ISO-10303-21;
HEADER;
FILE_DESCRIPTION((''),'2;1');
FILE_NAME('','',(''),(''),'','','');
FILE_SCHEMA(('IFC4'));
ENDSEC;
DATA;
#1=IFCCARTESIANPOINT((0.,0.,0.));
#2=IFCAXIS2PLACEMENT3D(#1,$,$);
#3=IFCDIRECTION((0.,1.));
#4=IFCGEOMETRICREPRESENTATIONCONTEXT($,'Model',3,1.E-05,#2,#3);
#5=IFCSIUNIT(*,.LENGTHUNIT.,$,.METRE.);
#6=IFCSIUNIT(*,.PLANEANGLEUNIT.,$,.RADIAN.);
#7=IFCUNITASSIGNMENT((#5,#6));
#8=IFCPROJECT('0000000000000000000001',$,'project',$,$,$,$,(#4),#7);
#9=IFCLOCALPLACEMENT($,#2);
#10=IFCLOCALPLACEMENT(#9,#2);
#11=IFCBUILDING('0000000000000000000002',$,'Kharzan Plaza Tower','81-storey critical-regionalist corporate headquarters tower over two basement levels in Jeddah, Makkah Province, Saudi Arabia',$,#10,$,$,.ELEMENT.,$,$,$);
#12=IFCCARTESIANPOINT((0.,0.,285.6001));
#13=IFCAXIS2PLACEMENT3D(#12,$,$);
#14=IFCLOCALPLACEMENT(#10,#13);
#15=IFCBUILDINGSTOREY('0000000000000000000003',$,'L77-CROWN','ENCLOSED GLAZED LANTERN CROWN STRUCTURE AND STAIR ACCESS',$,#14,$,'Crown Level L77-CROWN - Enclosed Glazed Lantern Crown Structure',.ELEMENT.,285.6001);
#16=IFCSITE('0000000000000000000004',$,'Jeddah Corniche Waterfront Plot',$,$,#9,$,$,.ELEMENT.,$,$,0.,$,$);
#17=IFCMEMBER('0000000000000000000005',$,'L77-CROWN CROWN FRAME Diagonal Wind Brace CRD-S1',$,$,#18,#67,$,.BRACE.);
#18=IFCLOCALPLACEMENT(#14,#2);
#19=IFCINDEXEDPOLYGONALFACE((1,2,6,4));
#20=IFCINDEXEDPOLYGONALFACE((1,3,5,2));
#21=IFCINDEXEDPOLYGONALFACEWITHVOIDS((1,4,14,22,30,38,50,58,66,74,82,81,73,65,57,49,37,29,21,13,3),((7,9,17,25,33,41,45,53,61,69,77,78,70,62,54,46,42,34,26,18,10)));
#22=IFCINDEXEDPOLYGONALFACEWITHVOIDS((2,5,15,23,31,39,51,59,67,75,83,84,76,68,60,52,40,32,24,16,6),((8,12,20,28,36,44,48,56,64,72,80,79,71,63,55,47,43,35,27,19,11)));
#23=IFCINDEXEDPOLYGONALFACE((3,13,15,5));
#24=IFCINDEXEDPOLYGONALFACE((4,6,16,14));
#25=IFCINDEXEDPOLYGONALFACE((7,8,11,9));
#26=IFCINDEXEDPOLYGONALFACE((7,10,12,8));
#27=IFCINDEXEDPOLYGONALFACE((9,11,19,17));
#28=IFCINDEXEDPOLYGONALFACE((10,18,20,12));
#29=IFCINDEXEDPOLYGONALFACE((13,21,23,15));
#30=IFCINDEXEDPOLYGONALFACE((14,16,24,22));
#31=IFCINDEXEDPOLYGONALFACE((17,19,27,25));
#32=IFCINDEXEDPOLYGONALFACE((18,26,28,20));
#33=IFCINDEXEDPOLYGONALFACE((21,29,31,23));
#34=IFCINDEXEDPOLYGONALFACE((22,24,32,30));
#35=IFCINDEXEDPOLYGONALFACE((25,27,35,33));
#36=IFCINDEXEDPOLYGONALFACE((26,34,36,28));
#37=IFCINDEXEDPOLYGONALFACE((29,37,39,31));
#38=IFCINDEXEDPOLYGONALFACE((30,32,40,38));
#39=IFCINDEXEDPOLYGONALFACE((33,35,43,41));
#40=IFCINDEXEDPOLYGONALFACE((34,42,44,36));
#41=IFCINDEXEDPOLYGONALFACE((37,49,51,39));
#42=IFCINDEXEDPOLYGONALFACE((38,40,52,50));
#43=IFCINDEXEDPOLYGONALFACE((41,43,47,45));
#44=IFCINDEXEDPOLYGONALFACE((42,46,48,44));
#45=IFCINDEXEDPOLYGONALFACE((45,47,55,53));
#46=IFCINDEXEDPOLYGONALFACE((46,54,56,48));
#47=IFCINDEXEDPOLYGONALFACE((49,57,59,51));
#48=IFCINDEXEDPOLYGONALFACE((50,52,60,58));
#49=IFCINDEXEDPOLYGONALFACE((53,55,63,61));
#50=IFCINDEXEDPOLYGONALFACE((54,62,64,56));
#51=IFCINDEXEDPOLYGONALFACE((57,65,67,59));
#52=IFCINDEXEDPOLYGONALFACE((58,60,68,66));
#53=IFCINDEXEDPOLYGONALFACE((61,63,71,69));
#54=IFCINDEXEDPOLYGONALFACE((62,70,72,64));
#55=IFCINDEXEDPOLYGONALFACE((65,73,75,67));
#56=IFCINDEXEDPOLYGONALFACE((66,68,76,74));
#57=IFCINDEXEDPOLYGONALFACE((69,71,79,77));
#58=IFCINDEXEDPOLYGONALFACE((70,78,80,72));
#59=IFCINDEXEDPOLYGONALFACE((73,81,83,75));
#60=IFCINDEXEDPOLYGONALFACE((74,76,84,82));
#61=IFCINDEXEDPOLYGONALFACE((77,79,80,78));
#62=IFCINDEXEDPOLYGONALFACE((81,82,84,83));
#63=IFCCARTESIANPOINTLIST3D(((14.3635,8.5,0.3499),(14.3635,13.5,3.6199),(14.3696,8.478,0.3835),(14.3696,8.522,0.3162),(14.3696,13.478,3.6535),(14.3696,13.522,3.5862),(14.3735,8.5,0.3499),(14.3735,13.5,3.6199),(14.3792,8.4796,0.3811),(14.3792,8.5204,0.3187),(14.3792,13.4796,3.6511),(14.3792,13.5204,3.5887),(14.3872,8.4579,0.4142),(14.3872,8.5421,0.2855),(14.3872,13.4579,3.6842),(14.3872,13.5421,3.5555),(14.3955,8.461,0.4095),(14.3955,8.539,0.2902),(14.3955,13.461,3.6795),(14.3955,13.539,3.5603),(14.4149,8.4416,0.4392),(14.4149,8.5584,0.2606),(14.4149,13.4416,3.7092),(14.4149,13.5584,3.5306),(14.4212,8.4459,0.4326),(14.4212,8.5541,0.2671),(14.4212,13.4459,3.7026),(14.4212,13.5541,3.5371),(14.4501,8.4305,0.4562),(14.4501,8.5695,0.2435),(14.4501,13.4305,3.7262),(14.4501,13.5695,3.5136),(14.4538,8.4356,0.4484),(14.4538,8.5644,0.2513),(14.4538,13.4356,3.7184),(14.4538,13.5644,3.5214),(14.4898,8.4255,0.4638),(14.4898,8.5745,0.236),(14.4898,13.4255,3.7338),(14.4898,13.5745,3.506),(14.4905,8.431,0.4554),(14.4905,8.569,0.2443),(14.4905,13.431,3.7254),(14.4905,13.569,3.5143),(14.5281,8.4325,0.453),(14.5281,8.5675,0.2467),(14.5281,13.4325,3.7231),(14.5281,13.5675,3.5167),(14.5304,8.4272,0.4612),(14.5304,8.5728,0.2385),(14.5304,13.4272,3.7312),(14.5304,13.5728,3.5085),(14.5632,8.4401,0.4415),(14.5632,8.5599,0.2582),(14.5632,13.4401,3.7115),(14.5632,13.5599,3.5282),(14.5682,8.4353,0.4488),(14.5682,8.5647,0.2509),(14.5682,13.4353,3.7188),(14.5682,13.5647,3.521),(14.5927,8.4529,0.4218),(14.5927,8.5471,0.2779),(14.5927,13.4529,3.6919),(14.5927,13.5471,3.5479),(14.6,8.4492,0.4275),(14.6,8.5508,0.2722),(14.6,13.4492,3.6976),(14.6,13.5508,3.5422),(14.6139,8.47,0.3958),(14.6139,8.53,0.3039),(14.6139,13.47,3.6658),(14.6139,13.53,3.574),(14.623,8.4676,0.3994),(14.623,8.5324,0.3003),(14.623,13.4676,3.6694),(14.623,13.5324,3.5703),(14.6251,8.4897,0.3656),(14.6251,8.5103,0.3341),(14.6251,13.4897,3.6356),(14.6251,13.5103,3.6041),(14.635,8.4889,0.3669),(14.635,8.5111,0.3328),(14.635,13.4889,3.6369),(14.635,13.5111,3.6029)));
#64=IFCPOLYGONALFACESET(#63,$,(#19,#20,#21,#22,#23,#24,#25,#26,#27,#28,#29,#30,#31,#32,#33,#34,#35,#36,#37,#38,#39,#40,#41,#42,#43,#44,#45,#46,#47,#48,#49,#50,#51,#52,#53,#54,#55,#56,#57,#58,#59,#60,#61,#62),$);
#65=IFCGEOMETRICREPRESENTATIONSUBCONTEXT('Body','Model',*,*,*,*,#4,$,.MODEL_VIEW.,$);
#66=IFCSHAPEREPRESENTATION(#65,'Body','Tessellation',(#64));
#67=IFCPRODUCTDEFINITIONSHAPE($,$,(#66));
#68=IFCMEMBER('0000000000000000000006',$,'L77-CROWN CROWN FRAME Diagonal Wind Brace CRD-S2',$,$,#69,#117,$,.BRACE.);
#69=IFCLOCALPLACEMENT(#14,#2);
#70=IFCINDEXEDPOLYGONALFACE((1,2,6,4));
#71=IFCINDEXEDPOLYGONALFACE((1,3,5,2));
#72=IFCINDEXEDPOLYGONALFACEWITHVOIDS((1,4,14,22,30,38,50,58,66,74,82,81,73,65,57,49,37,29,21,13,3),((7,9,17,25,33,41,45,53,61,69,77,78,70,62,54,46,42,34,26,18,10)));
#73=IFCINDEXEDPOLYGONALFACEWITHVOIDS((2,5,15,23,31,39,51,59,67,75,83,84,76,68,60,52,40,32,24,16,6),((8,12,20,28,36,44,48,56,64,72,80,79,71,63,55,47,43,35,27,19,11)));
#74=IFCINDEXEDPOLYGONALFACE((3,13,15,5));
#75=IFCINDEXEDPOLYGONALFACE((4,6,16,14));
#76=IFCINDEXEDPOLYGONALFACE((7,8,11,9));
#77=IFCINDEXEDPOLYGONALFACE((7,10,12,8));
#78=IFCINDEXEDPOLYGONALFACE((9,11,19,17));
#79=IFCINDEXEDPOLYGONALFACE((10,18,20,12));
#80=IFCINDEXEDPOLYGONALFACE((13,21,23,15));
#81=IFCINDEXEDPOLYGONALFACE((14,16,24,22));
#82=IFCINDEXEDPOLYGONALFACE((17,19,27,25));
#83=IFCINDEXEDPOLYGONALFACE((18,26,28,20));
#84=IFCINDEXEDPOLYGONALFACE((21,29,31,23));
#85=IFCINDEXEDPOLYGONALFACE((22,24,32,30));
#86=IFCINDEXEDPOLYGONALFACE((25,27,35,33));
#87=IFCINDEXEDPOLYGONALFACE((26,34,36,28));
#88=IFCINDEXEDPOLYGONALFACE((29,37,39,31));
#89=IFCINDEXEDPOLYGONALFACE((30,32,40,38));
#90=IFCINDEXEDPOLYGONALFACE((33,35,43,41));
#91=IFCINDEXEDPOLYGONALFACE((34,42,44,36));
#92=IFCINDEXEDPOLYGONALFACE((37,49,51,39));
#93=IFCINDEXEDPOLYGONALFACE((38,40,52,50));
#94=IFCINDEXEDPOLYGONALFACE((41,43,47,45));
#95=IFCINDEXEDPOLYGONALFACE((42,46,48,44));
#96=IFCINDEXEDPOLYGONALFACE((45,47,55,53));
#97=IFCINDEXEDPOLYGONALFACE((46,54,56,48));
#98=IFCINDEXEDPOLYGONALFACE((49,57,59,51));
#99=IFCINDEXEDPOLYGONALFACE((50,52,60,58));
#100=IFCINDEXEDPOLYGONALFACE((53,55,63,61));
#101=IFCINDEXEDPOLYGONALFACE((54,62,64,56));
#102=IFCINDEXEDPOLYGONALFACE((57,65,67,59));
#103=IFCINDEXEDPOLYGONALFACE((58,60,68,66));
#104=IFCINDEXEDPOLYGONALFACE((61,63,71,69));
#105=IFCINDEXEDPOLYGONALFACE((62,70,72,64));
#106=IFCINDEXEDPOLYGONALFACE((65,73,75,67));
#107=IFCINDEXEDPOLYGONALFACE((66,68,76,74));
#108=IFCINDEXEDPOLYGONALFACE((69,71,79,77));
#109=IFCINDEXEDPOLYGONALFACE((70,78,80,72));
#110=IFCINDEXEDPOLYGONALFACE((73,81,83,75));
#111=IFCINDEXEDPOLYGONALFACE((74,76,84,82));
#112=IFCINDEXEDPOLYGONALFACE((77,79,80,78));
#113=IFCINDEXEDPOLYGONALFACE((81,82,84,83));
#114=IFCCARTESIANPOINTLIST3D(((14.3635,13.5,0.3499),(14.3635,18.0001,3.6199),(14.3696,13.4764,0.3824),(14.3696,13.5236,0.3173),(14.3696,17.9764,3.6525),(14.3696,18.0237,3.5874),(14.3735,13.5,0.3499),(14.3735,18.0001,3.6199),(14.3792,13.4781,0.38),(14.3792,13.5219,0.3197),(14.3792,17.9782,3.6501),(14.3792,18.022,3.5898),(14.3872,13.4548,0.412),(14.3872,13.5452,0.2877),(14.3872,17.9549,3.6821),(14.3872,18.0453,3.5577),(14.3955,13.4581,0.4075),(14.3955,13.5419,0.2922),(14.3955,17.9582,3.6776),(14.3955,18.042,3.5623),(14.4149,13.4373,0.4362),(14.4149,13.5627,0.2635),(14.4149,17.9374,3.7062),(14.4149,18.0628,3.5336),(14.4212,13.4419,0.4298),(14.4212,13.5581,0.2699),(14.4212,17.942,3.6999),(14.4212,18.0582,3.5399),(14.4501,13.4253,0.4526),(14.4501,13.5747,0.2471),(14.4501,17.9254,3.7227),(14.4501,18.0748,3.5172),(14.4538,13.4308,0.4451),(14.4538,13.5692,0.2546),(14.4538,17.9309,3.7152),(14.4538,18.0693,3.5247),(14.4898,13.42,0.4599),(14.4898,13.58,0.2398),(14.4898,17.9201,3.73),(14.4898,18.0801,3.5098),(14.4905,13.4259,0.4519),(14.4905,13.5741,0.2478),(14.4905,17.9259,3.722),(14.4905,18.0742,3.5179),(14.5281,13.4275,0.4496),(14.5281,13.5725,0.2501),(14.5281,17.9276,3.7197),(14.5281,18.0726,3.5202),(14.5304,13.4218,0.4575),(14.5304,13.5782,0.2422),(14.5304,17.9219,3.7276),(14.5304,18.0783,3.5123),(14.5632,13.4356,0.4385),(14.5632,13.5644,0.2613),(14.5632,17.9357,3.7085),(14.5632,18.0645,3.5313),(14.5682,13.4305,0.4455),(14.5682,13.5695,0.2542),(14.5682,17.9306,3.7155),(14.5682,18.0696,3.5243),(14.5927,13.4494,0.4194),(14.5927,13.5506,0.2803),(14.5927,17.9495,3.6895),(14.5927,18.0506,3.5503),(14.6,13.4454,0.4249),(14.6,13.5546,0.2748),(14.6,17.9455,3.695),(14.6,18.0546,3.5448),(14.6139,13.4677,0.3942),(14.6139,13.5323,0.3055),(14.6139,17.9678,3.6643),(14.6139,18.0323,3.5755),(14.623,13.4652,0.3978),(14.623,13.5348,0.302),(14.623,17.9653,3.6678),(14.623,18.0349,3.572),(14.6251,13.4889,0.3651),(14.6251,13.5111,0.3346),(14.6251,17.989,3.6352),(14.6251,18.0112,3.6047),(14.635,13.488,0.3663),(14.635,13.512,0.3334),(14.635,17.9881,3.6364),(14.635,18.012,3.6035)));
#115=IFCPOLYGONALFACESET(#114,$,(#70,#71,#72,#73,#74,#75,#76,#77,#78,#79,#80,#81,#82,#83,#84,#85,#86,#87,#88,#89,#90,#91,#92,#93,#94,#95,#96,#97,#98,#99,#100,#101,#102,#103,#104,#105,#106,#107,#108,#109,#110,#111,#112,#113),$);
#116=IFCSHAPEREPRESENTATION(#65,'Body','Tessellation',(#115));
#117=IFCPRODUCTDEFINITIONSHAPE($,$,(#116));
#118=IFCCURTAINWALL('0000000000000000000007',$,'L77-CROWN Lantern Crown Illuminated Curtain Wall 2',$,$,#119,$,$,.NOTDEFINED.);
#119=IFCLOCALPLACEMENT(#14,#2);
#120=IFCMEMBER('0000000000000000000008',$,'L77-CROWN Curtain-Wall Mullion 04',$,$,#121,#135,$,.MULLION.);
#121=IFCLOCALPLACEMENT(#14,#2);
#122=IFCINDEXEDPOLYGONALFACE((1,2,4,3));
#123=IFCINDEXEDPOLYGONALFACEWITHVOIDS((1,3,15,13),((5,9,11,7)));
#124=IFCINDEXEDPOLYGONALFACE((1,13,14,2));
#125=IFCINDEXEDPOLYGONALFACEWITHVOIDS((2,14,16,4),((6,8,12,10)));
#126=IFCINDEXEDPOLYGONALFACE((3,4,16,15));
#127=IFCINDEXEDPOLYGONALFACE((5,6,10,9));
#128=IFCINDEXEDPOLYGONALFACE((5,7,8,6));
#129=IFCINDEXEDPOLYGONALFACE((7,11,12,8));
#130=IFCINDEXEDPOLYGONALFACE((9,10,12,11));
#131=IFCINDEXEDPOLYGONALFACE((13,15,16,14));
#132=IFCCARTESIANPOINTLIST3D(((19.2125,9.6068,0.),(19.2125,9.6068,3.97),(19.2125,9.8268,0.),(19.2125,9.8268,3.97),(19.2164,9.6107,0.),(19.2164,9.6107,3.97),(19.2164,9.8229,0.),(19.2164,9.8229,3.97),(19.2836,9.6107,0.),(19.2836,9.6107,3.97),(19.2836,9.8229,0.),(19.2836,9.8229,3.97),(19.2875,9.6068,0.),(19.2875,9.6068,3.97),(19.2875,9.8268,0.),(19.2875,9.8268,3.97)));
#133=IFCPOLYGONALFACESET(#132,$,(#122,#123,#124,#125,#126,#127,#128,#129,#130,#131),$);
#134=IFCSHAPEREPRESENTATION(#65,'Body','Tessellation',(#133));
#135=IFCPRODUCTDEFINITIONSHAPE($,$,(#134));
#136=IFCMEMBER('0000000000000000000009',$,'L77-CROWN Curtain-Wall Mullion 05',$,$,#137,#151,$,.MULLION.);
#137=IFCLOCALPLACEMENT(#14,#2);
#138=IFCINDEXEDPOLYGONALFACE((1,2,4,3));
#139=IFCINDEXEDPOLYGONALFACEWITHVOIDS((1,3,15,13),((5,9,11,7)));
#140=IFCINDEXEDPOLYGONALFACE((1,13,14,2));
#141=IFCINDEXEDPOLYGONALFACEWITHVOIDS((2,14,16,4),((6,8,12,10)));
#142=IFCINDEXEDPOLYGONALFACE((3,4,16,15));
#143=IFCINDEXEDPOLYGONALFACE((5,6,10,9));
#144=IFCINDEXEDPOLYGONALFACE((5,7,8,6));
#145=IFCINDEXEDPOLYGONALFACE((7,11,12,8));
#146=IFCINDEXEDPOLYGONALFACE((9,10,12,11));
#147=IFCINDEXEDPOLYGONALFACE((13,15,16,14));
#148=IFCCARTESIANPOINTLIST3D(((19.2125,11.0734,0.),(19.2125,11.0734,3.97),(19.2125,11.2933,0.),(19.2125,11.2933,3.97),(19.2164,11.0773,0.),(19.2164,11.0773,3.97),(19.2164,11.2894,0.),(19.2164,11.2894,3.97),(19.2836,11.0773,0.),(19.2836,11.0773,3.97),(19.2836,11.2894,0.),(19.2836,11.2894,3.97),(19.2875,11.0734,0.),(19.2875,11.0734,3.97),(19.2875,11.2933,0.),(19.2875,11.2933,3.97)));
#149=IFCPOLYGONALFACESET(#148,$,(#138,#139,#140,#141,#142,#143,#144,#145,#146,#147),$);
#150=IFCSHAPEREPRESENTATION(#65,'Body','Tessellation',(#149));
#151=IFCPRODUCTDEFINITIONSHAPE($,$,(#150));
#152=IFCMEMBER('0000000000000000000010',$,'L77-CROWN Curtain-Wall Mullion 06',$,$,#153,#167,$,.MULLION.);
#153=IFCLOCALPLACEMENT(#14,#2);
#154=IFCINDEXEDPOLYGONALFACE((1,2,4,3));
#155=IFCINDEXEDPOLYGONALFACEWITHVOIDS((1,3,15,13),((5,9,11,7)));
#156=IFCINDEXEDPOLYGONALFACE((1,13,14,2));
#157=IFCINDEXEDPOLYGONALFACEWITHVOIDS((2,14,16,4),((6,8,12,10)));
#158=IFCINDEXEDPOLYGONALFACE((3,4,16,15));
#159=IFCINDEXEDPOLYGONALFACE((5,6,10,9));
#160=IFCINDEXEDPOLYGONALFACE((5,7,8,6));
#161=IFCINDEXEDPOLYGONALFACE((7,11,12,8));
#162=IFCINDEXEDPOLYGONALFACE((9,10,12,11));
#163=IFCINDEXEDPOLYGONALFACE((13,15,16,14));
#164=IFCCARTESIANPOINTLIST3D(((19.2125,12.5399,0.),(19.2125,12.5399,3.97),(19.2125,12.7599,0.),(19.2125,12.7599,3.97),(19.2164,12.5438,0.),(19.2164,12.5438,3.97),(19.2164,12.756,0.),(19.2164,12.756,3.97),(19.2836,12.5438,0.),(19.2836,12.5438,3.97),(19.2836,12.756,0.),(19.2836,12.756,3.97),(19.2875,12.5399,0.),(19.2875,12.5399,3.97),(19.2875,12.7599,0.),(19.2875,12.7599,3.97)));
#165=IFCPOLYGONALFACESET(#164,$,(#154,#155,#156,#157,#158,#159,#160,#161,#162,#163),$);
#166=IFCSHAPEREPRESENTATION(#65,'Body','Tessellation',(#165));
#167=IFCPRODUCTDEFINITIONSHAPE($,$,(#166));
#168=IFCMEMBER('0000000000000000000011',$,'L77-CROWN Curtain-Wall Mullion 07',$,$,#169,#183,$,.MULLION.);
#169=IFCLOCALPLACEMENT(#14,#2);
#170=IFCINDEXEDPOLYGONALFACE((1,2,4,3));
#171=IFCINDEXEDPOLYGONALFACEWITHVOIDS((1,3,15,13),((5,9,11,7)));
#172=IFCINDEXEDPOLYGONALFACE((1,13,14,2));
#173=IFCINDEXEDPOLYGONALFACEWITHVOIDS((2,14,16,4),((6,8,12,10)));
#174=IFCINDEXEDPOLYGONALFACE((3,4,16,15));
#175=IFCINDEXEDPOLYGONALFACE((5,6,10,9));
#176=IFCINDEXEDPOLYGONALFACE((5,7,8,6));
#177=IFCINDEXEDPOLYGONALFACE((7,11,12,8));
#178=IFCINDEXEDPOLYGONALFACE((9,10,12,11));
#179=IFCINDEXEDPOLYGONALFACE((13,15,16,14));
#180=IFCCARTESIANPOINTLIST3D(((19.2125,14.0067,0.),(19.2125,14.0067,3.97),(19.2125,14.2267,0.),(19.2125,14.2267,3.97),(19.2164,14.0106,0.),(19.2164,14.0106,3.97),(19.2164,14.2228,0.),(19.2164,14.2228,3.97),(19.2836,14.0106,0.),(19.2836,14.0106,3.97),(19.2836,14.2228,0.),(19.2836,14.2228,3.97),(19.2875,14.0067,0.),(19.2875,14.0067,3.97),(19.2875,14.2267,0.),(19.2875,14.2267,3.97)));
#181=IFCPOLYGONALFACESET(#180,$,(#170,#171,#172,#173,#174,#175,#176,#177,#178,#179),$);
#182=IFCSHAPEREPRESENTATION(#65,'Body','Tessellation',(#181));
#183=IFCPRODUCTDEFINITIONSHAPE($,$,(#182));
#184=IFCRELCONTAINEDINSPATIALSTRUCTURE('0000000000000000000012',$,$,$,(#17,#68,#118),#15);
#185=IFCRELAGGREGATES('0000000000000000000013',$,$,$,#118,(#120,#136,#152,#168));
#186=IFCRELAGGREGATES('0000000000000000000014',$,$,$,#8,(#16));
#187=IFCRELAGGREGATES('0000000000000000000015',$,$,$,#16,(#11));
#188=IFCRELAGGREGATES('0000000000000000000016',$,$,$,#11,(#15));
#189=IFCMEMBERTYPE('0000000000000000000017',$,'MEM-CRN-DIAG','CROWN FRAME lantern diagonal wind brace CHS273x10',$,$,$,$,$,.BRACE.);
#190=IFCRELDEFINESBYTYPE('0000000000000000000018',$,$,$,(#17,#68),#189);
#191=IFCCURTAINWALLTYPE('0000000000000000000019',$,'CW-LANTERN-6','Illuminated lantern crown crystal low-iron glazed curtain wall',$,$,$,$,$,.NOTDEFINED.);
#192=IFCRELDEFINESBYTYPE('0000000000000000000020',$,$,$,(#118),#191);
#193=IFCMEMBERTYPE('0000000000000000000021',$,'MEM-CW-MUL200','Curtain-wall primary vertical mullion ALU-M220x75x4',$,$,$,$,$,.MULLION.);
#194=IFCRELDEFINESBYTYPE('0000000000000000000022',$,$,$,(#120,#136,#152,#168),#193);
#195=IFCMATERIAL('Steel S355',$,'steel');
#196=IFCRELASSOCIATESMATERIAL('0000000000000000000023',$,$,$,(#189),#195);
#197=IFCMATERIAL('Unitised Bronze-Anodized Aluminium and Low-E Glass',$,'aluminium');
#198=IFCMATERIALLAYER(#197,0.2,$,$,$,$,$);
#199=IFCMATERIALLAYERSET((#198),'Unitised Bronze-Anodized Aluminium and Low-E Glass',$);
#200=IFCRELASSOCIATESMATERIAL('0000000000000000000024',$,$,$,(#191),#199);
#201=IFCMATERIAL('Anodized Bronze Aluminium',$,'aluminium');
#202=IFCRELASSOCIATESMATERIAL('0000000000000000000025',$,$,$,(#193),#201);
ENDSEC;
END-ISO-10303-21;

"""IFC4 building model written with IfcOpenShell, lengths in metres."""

from ifc_helpers import new_model, si_unit, direction, frame, origin, origin_2d, place, context, subcontext, project, spatial, hollow_rectangle, hollow_circle, extrude, source, transform, mapped, material, layer, layer_set, material_profile, profile_set, type_object, element, aggregate, save


model = new_model("IFC4")

# Units and contexts
model_context = context("Model", 3, precision=1e-05, world=origin(), true_north=direction((0.0, 1.0)))
body_context = subcontext(model_context, "Body", "Model", "MODEL_VIEW")
ifc_project = project(units=[si_unit("LENGTHUNIT", "METRE"), si_unit("PLANEANGLEUNIT", "RADIAN")], contexts=[model_context])

# Site, building, storey
site_placement = place(None, origin())
site = spatial("IfcSite", under=ifc_project, at=site_placement, Name="Jeddah Corniche Waterfront Plot", CompositionType="ELEMENT", RefElevation=0.0)
building_placement = place(site_placement, origin())
building = spatial("IfcBuilding", under=site, at=building_placement, Name="Kharzan Plaza Tower", Description="81-storey critical-regionalist corporate headquarters tower over two basement levels in Jeddah, Makkah Province, Saudi Arabia", CompositionType="ELEMENT")
storey_placement = place(building_placement, frame((0.0, 0.0, 285.6001)))
storey = spatial("IfcBuildingStorey", under=building, at=storey_placement, Name="L77-CROWN", Description="ENCLOSED GLAZED LANTERN CROWN STRUCTURE AND STAIR ACCESS", LongName="Crown Level L77-CROWN - Enclosed Glazed Lantern Crown Structure", CompositionType="ELEMENT", Elevation=285.6001)

# Shared definitions
ifc_material_1 = material(Name="Steel S355", Category="steel")

# Members
ifc_material_profile_1 = material_profile(ifc_material_1, hollow_circle(Radius=0.1365, WallThickness=0.01, at=origin_2d()), Name="CHS273x10")
ifc_profile_set_1 = profile_set([ifc_material_profile_1], Name="Steel S355")
member_type_1 = type_object("IfcMemberType", Name="MEM-CRN-DIAG", Description="CROWN FRAME lantern diagonal wind brace CHS273x10", PredefinedType="BRACE", material=ifc_profile_set_1)
shared_shape_1 = source(origin(), body_context, "Body", "SweptSolid", [
    extrude(hollow_circle(Radius=0.1365, WallThickness=0.01, at=origin_2d()), origin(), (0.0, 0.0, 1.0), 5.9744),
])
member_1_placement = place(storey_placement, frame((14.5, 8.5, 0.3499), z_axis=(0.0, 0.836909, 0.547342), x_axis=(-1.0, 0.0, 0.0)))
element("IfcMember", 1, at=member_1_placement, inside=storey, type_object=member_type_1, Name="L77-CROWN CROWN FRAME Diagonal Wind Brace CRD-S1", PredefinedType="BRACE", context=body_context, shape_type="MappedRepresentation", body=[
    mapped(shared_shape_1, transform((0.0, 0.0, 0.0), x_axis=(1.0, 0.0, 0.0), y_axis=(0.0, 1.0, 0.0), z_axis=(0.0, 0.0, 1.0))),
])
shared_shape_2 = source(origin(), body_context, "Body", "SweptSolid", [
    extrude(hollow_circle(Radius=0.1365, WallThickness=0.01, at=origin_2d()), origin(), (0.0, 0.0, 1.0), 5.5627),
])
member_2_placement = place(storey_placement, frame((14.5, 13.5, 0.3499), z_axis=(0.0, 0.808968, 0.587853), x_axis=(-1.0, 0.0, 0.0)))
element("IfcMember", 2, at=member_2_placement, inside=storey, type_object=member_type_1, Name="L77-CROWN CROWN FRAME Diagonal Wind Brace CRD-S2", PredefinedType="BRACE", context=body_context, shape_type="MappedRepresentation", body=[
    mapped(shared_shape_2, transform((0.0, 0.0, 0.0), x_axis=(1.0, 0.0, 0.0), y_axis=(0.0, 1.0, 0.0), z_axis=(0.0, 0.0, 1.0))),
])

# Curtain wall, members
ifc_material_2 = material(Name="Unitised Bronze-Anodized Aluminium and Low-E Glass", Category="aluminium")
ifc_layer_1 = layer(ifc_material_2, 0.2)
ifc_layer_set_1 = layer_set([ifc_layer_1], Name="Unitised Bronze-Anodized Aluminium and Low-E Glass")
curtain_wall_type = type_object("IfcCurtainWallType", Name="CW-LANTERN-6", Description="Illuminated lantern crown crystal low-iron glazed curtain wall", PredefinedType="NOTDEFINED", material=ifc_layer_set_1)
curtain_wall_placement = place(storey_placement, origin())
curtain_wall = element("IfcCurtainWall", 3, at=curtain_wall_placement, inside=storey, type_object=curtain_wall_type, Name="L77-CROWN Lantern Crown Illuminated Curtain Wall 2", PredefinedType="NOTDEFINED")
ifc_material_3 = material(Name="Anodized Bronze Aluminium", Category="aluminium")
ifc_material_profile_2 = material_profile(ifc_material_3, hollow_rectangle(XDim=0.075, YDim=0.22, WallThickness=0.0039, at=origin_2d()), Name="ALU-M220x75x4")
ifc_profile_set_2 = profile_set([ifc_material_profile_2], Name="Anodized Bronze Aluminium")
member_type_2 = type_object("IfcMemberType", Name="MEM-CW-MUL200", Description="Curtain-wall primary vertical mullion ALU-M220x75x4", PredefinedType="MULLION", material=ifc_profile_set_2)
shared_shape_3 = source(origin(), body_context, "Body", "SweptSolid", [
    extrude(hollow_rectangle(XDim=0.075, YDim=0.22, WallThickness=0.0039, at=origin_2d()), origin(), (0.0, 0.0, 1.0), 3.97),
])
member_3_placement = place(storey_placement, frame((19.25, 9.7168, 0.0), z_axis=(0.0, 0.0, 1.0), x_axis=(1.0, 0.0, 0.0)))
member_3 = element("IfcMember", 4, at=member_3_placement, type_object=member_type_2, Name="L77-CROWN Curtain-Wall Mullion 04", PredefinedType="MULLION", context=body_context, shape_type="MappedRepresentation", body=[
    mapped(shared_shape_3, transform((0.0, 0.0, 0.0), x_axis=(1.0, 0.0, 0.0), y_axis=(0.0, 1.0, 0.0), z_axis=(0.0, 0.0, 1.0))),
])
member_4_placement = place(storey_placement, frame((19.25, 11.1833, 0.0), z_axis=(0.0, 0.0, 1.0), x_axis=(1.0, 0.0, 0.0)))
member_4 = element("IfcMember", 5, at=member_4_placement, type_object=member_type_2, Name="L77-CROWN Curtain-Wall Mullion 05", PredefinedType="MULLION", context=body_context, shape_type="MappedRepresentation", body=[
    mapped(shared_shape_3, transform((0.0, 0.0, 0.0), x_axis=(1.0, 0.0, 0.0), y_axis=(0.0, 1.0, 0.0), z_axis=(0.0, 0.0, 1.0))),
])
member_5_placement = place(storey_placement, frame((19.25, 12.6499, 0.0), z_axis=(0.0, 0.0, 1.0), x_axis=(1.0, 0.0, 0.0)))
member_5 = element("IfcMember", 6, at=member_5_placement, type_object=member_type_2, Name="L77-CROWN Curtain-Wall Mullion 06", PredefinedType="MULLION", context=body_context, shape_type="MappedRepresentation", body=[
    mapped(shared_shape_3, transform((0.0, 0.0, 0.0), x_axis=(1.0, 0.0, 0.0), y_axis=(0.0, 1.0, 0.0), z_axis=(0.0, 0.0, 1.0))),
])
member_6_placement = place(storey_placement, frame((19.25, 14.1167, 0.0), z_axis=(0.0, 0.0, 1.0), x_axis=(1.0, 0.0, 0.0)))
member_6 = element("IfcMember", 7, at=member_6_placement, type_object=member_type_2, Name="L77-CROWN Curtain-Wall Mullion 07", PredefinedType="MULLION", context=body_context, shape_type="MappedRepresentation", body=[
    mapped(shared_shape_3, transform((0.0, 0.0, 0.0), x_axis=(1.0, 0.0, 0.0), y_axis=(0.0, 1.0, 0.0), z_axis=(0.0, 0.0, 1.0))),
])
aggregate(curtain_wall, [member_3, member_4, member_5, member_6])

save(model, "model.ifc")
